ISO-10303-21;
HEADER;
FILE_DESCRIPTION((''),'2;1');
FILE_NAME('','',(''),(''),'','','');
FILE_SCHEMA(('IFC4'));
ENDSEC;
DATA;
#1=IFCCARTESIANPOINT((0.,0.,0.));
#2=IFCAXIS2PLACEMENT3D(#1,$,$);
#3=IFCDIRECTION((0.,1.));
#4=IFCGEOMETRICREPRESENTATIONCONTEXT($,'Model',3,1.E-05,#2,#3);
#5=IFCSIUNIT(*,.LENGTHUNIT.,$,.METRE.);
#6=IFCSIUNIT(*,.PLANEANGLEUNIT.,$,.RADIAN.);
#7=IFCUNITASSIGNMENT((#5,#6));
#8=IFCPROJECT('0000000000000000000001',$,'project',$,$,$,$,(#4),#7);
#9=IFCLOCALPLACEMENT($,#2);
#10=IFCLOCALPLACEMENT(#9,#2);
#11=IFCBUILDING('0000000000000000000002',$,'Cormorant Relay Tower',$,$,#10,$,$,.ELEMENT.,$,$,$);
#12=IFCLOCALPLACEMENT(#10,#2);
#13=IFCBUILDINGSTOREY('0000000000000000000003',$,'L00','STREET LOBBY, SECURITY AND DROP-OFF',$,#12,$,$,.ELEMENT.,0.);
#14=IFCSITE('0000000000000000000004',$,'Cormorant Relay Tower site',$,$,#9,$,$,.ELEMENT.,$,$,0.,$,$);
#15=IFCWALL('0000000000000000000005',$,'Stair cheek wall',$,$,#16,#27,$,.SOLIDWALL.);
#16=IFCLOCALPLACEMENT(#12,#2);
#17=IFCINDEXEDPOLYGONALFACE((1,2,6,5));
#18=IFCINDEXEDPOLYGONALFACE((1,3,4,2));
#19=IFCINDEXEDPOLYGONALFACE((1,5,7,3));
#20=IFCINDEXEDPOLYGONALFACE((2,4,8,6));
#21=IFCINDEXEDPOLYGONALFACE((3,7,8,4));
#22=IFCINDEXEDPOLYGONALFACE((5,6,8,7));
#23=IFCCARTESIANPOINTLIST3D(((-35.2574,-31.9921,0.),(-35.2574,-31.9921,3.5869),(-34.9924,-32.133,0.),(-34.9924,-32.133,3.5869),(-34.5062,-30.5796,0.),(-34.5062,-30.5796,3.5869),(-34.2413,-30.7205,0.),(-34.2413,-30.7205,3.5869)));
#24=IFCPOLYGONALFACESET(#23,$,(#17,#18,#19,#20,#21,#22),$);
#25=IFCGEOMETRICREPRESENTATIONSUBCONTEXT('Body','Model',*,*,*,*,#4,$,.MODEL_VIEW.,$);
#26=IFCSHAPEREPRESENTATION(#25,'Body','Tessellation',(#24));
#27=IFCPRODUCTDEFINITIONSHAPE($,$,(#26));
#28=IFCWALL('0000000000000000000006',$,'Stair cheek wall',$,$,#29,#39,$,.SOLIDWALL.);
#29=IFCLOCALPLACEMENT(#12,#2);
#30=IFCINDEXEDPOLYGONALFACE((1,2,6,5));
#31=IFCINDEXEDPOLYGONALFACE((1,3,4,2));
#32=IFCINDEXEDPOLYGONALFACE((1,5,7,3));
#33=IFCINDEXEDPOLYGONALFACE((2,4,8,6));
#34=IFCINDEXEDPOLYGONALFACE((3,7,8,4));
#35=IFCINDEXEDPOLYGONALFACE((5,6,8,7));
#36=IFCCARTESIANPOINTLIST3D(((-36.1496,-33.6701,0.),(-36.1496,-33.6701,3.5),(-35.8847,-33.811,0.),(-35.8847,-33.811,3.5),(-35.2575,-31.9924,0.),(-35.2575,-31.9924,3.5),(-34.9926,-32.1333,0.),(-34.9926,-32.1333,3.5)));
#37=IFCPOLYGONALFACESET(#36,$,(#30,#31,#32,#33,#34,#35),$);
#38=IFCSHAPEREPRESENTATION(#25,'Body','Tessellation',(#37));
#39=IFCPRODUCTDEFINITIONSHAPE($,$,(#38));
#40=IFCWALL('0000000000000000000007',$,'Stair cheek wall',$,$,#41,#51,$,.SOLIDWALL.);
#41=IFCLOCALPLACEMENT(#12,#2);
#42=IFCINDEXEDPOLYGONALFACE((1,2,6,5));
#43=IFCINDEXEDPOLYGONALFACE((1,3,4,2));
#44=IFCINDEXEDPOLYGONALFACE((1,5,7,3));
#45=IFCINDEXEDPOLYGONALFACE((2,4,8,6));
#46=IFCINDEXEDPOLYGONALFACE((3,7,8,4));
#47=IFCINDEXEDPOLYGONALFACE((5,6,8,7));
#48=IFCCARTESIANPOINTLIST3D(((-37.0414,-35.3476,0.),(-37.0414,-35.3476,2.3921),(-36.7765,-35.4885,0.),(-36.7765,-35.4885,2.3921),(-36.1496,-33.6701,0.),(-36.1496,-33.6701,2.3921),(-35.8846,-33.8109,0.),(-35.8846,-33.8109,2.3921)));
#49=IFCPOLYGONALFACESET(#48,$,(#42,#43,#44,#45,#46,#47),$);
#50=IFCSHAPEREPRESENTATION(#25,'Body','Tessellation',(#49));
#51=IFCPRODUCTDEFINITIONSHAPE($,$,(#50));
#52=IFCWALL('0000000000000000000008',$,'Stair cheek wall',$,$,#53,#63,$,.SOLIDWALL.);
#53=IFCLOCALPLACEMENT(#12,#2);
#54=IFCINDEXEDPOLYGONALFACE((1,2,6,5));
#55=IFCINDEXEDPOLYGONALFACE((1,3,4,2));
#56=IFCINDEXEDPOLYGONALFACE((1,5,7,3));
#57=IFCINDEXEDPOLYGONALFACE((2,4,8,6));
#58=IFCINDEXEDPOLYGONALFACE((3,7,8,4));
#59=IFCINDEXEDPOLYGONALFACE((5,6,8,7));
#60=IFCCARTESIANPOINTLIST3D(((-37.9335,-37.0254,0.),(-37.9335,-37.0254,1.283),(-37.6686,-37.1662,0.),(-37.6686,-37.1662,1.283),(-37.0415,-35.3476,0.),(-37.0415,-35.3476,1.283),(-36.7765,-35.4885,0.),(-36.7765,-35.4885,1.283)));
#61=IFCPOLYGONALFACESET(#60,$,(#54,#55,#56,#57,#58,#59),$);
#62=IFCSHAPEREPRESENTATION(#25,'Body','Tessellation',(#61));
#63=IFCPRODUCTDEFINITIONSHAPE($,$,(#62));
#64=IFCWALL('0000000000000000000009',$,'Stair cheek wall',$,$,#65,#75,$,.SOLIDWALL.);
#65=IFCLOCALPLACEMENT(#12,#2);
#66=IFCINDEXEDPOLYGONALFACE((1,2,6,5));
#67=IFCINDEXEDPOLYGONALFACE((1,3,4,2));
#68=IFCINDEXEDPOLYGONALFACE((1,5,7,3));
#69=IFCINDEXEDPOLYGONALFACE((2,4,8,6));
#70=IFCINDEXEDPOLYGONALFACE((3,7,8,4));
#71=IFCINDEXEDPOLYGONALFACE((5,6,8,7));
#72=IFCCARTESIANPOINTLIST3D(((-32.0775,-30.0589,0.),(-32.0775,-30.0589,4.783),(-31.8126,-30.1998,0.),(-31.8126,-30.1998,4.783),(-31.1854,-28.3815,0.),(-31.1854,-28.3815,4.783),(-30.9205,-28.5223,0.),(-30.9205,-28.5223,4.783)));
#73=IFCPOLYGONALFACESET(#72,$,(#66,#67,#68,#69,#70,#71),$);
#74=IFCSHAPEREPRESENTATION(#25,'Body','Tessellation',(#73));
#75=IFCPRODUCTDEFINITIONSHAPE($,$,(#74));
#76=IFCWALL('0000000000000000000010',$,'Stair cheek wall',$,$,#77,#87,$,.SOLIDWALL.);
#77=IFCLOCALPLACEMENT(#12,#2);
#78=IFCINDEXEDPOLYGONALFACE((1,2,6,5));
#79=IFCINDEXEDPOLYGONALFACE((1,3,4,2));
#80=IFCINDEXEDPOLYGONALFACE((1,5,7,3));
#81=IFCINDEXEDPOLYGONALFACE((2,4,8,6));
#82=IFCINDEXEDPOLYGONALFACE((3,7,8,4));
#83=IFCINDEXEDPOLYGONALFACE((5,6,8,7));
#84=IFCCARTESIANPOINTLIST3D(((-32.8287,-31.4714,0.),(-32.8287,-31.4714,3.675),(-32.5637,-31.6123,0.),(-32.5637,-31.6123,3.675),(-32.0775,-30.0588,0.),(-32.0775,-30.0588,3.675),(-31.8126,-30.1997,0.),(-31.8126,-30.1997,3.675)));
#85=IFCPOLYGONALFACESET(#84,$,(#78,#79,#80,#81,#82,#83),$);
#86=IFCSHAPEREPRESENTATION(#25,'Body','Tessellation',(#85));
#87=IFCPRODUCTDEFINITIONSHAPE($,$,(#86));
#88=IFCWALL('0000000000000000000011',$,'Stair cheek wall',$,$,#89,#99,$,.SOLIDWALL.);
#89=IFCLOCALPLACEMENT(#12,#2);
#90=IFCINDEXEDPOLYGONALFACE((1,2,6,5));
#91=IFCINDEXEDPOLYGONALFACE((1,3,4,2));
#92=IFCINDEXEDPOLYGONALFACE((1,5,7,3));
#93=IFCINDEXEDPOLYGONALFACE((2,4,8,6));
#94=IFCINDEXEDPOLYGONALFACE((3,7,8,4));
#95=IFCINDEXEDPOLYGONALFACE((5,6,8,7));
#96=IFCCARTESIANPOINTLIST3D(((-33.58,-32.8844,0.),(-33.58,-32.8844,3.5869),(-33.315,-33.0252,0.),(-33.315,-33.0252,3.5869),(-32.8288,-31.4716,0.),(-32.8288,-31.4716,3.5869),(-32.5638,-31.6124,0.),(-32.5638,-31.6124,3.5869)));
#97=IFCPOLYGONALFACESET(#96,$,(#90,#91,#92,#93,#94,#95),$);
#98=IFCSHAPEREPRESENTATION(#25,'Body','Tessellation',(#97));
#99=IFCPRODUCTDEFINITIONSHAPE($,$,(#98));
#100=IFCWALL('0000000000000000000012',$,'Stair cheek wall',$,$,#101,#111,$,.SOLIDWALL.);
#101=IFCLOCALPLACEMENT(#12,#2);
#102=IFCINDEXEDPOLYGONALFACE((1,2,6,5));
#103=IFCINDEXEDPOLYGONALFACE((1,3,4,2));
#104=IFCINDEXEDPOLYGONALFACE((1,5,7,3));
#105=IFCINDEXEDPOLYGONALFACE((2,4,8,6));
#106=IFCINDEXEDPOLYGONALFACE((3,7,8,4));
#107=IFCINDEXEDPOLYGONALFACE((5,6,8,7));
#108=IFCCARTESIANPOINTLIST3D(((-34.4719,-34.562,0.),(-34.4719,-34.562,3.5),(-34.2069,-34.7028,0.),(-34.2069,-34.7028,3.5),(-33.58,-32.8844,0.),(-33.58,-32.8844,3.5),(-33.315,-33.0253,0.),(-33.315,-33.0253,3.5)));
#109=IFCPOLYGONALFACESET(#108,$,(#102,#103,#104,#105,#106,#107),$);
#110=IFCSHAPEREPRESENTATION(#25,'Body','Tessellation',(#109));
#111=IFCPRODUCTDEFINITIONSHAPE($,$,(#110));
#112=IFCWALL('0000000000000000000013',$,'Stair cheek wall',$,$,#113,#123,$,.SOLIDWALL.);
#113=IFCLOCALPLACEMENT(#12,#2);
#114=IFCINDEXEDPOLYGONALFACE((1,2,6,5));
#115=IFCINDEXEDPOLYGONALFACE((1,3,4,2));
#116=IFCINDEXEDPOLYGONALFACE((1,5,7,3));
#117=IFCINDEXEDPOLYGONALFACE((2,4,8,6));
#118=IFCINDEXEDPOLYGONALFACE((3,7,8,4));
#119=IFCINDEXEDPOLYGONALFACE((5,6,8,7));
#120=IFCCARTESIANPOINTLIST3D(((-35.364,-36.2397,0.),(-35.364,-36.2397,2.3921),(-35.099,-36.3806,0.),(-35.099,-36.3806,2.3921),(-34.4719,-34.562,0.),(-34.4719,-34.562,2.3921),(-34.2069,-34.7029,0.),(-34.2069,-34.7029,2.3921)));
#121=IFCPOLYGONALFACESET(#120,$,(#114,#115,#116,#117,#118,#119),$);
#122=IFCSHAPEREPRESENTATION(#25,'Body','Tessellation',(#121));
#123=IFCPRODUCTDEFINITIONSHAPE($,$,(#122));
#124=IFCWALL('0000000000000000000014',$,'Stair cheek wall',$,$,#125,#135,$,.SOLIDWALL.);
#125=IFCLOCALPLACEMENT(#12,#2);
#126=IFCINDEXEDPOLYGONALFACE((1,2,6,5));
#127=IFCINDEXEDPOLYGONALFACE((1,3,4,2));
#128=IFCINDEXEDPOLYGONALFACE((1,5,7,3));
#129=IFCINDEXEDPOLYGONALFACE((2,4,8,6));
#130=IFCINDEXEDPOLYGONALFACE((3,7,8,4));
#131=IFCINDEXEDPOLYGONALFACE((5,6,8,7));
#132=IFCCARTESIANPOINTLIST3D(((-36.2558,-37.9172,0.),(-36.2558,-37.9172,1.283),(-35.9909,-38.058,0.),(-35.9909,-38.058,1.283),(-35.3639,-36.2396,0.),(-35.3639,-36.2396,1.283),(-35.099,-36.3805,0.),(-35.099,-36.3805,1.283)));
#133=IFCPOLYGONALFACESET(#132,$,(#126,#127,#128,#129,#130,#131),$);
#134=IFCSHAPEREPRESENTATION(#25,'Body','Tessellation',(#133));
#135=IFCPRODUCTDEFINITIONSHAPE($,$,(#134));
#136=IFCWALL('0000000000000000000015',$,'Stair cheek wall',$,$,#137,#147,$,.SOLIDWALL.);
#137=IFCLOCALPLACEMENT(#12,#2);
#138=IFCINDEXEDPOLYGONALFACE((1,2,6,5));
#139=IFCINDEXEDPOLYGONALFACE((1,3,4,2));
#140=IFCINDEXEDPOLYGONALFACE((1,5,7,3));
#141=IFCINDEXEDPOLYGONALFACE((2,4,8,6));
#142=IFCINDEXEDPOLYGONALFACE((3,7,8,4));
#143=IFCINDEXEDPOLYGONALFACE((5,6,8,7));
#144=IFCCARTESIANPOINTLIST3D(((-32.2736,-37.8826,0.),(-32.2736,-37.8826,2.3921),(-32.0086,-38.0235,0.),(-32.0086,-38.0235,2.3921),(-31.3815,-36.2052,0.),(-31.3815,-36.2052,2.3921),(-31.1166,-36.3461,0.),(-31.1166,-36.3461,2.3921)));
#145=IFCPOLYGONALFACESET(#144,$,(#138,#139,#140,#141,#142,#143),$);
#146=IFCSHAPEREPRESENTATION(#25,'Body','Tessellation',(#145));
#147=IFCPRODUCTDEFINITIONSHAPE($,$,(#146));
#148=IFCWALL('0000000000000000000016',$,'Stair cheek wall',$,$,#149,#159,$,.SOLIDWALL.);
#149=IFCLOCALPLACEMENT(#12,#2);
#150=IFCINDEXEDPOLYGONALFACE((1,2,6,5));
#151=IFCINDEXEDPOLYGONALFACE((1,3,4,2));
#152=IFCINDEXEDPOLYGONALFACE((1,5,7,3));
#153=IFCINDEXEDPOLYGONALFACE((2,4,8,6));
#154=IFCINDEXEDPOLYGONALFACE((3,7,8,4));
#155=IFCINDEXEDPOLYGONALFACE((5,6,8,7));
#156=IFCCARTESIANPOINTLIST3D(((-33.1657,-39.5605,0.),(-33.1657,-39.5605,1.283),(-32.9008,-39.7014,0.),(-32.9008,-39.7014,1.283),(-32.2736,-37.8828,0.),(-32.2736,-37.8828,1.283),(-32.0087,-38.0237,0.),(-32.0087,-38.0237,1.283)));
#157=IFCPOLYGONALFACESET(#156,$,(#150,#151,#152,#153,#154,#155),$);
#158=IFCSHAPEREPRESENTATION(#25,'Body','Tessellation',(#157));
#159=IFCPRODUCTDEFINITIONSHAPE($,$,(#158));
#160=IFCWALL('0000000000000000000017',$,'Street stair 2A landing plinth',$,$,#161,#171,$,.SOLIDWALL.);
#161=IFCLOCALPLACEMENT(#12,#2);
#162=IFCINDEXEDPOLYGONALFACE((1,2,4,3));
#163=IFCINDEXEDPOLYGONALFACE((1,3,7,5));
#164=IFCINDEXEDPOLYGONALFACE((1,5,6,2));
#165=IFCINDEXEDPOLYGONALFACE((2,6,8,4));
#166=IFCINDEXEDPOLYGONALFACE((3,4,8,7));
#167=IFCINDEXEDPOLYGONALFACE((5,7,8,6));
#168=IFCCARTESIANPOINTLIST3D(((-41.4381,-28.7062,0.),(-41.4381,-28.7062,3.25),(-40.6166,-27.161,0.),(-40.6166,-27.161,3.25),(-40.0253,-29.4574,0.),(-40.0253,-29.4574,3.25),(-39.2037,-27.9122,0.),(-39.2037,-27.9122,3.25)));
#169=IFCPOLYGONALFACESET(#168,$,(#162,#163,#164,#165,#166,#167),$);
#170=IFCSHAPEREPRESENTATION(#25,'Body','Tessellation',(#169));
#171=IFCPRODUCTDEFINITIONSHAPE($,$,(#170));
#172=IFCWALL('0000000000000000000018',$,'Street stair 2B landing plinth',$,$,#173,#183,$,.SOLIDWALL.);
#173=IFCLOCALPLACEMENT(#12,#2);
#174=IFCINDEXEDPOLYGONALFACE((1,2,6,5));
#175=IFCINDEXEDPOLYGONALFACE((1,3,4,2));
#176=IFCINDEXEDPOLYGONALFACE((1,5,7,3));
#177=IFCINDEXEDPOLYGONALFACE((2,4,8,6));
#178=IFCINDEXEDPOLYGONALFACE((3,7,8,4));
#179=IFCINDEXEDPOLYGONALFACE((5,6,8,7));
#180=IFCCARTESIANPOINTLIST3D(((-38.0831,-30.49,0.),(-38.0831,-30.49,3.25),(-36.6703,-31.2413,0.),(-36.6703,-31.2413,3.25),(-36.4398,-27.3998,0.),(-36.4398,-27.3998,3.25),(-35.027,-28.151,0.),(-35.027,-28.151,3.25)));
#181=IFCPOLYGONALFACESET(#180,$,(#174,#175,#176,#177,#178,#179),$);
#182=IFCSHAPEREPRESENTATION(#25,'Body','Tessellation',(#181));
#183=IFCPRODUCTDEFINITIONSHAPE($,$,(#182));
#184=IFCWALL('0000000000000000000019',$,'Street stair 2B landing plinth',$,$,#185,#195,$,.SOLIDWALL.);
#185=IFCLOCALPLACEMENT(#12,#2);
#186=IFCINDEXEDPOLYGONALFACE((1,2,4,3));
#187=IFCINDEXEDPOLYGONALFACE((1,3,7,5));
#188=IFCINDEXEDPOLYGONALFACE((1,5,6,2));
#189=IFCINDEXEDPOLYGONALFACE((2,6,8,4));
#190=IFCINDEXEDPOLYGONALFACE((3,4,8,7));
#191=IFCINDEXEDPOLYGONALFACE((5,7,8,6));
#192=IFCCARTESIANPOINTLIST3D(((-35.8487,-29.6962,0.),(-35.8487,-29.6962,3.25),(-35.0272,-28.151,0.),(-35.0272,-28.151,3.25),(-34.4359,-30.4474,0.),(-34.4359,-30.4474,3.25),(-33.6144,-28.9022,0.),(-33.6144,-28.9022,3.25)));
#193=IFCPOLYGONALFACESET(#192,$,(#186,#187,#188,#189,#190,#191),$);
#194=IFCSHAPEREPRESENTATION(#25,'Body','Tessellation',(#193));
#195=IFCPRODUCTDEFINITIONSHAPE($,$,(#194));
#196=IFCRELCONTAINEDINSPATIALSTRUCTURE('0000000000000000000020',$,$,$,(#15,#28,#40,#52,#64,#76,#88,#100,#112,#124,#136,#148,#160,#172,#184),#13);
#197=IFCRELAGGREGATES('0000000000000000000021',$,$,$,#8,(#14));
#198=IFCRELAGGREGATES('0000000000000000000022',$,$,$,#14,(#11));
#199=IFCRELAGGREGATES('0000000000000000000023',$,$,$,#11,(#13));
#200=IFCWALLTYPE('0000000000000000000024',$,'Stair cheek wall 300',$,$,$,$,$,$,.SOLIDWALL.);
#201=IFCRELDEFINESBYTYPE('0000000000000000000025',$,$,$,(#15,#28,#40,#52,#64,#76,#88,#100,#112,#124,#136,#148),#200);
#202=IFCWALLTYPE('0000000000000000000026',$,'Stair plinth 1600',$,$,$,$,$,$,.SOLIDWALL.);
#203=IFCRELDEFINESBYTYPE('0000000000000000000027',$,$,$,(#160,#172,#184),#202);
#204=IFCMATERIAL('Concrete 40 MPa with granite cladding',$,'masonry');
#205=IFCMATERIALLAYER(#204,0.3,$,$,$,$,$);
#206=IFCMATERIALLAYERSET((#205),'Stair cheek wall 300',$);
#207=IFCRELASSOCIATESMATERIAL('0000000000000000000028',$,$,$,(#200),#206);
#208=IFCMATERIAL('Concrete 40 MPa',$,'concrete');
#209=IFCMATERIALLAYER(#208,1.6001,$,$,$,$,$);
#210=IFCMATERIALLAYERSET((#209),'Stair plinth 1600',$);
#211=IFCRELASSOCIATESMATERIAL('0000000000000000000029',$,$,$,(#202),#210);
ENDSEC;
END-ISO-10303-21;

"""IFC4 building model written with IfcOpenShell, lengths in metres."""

from ifc_helpers import new_model, si_unit, direction, frame, frame_2d, origin, place, context, subcontext, project, spatial, rectangle, extrude, material, layer, layer_set, type_object, element, save


model = new_model("IFC4")

# Units and contexts
model_context = context("Model", 3, precision=1e-05, world=origin(), true_north=direction((0.0, 1.0)))
body_context = subcontext(model_context, "Body", "Model", "MODEL_VIEW")
ifc_project = project(units=[si_unit("LENGTHUNIT", "METRE"), si_unit("PLANEANGLEUNIT", "RADIAN")], contexts=[model_context])

# Site, building, storey
site_placement = place(None, origin())
site = spatial("IfcSite", under=ifc_project, at=site_placement, Name="Cormorant Relay Tower site", CompositionType="ELEMENT", RefElevation=0.0)
building_placement = place(site_placement, origin())
building = spatial("IfcBuilding", under=site, at=building_placement, Name="Cormorant Relay Tower", CompositionType="ELEMENT")
storey_placement = place(building_placement, origin())
storey = spatial("IfcBuildingStorey", under=building, at=storey_placement, Name="L00", Description="STREET LOBBY, SECURITY AND DROP-OFF", CompositionType="ELEMENT", Elevation=0.0)

# Walls
ifc_material_1 = material(Name="Concrete 40 MPa with granite cladding", Category="masonry")
ifc_layer_1 = layer(ifc_material_1, 0.3)
ifc_layer_set_1 = layer_set([ifc_layer_1], Name="Stair cheek wall 300")
wall_type_1 = type_object("IfcWallType", Name="Stair cheek wall 300", PredefinedType="SOLIDWALL", material=ifc_layer_set_1)
wall_1_placement = place(storey_placement, frame((-34.3738, -30.6501, 0.0), z_axis=(0.0, 0.0, 1.0), x_axis=(-0.469535, -0.882914, 0.0)))
element("IfcWall", 1, at=wall_1_placement, inside=storey, type_object=wall_type_1, Name="Stair cheek wall", PredefinedType="SOLIDWALL", context=body_context, shape_type="SweptSolid", body=[
    extrude(rectangle(XDim=1.5999, YDim=0.3, at=frame_2d((0.7998, 0.0))), origin(), (0.0, 0.0, 1.0), 3.5869),
])
wall_2_placement = place(storey_placement, frame((-35.125, -32.0627, 0.0), z_axis=(0.0, 0.0, 1.0), x_axis=(-0.469481, -0.882943, 0.0)))
element("IfcWall", 2, at=wall_2_placement, inside=storey, type_object=wall_type_1, Name="Stair cheek wall", PredefinedType="SOLIDWALL", context=body_context, shape_type="SweptSolid", body=[
    extrude(rectangle(XDim=1.9001, YDim=0.3, at=frame_2d((0.9502, 0.0))), origin(), (0.0, 0.0, 1.0), 3.5),
])
wall_3_placement = place(storey_placement, frame((-36.0171, -33.7405, 0.0), z_axis=(0.0, 0.0, 1.0), x_axis=(-0.469434, -0.882968, 0.0)))
element("IfcWall", 3, at=wall_3_placement, inside=storey, type_object=wall_type_1, Name="Stair cheek wall", PredefinedType="SOLIDWALL", context=body_context, shape_type="SweptSolid", body=[
    extrude(rectangle(XDim=1.8999, YDim=0.3, at=frame_2d((0.95, 0.0))), origin(), (0.0, 0.0, 1.0), 2.3921),
])
wall_4_placement = place(storey_placement, frame((-36.9089, -35.418, 0.0), z_axis=(0.0, 0.0, 1.0), x_axis=(-0.469481, -0.882943, 0.0)))
element("IfcWall", 4, at=wall_4_placement, inside=storey, type_object=wall_type_1, Name="Stair cheek wall", PredefinedType="SOLIDWALL", context=body_context, shape_type="SweptSolid", body=[
    extrude(rectangle(XDim=1.9001, YDim=0.3, at=frame_2d((0.9502, 0.0))), origin(), (0.0, 0.0, 1.0), 1.283),
])
wall_5_placement = place(storey_placement, frame((-31.053, -28.4519, 0.0), z_axis=(0.0, 0.0, 1.0), x_axis=(-0.469534, -0.882914, 0.0)))
element("IfcWall", 5, at=wall_5_placement, inside=storey, type_object=wall_type_1, Name="Stair cheek wall", PredefinedType="SOLIDWALL", context=body_context, shape_type="SweptSolid", body=[
    extrude(rectangle(XDim=1.8999, YDim=0.3, at=frame_2d((0.95, 0.0))), origin(), (0.0, 0.0, 1.0), 4.783),
])
wall_6_placement = place(storey_placement, frame((-31.9451, -30.1294, 0.0), z_axis=(0.0, 0.0, 1.0), x_axis=(-0.469535, -0.882914, 0.0)))
element("IfcWall", 6, at=wall_6_placement, inside=storey, type_object=wall_type_1, Name="Stair cheek wall", PredefinedType="SOLIDWALL", context=body_context, shape_type="SweptSolid", body=[
    extrude(rectangle(XDim=1.5999, YDim=0.3, at=frame_2d((0.7998, 0.0))), origin(), (0.0, 0.0, 1.0), 3.675),
])
wall_7_placement = place(storey_placement, frame((-32.6963, -31.542, 0.0), z_axis=(0.0, 0.0, 1.0), x_axis=(-0.469471, -0.882948, 0.0)))
element("IfcWall", 7, at=wall_7_placement, inside=storey, type_object=wall_type_1, Name="Stair cheek wall", PredefinedType="SOLIDWALL", context=body_context, shape_type="SweptSolid", body=[
    extrude(rectangle(XDim=1.6001, YDim=0.3, at=frame_2d((0.8, 0.0))), origin(), (0.0, 0.0, 1.0), 3.5869),
])
wall_8_placement = place(storey_placement, frame((-33.4475, -32.9548, 0.0), z_axis=(0.0, 0.0, 1.0), x_axis=(-0.469434, -0.882968, 0.0)))
element("IfcWall", 8, at=wall_8_placement, inside=storey, type_object=wall_type_1, Name="Stair cheek wall", PredefinedType="SOLIDWALL", context=body_context, shape_type="SweptSolid", body=[
    extrude(rectangle(XDim=1.8999, YDim=0.3, at=frame_2d((0.95, 0.0))), origin(), (0.0, 0.0, 1.0), 3.5),
])
wall_9_placement = place(storey_placement, frame((-34.3394, -34.6323, 0.0), z_axis=(0.0, 0.0, 1.0), x_axis=(-0.469481, -0.882943, 0.0)))
element("IfcWall", 9, at=wall_9_placement, inside=storey, type_object=wall_type_1, Name="Stair cheek wall", PredefinedType="SOLIDWALL", context=body_context, shape_type="SweptSolid", body=[
    extrude(rectangle(XDim=1.9001, YDim=0.3, at=frame_2d((0.9502, 0.0))), origin(), (0.0, 0.0, 1.0), 2.3921),
])
wall_10_placement = place(storey_placement, frame((-35.2314, -36.3101, 0.0), z_axis=(0.0, 0.0, 1.0), x_axis=(-0.469434, -0.882968, 0.0)))
element("IfcWall", 10, at=wall_10_placement, inside=storey, type_object=wall_type_1, Name="Stair cheek wall", PredefinedType="SOLIDWALL", context=body_context, shape_type="SweptSolid", body=[
    extrude(rectangle(XDim=1.8999, YDim=0.3, at=frame_2d((0.95, 0.0))), origin(), (0.0, 0.0, 1.0), 1.283),
])
wall_11_placement = place(storey_placement, frame((-31.249, -36.2756, 0.0), z_axis=(0.0, 0.0, 1.0), x_axis=(-0.469534, -0.882914, 0.0)))
element("IfcWall", 11, at=wall_11_placement, inside=storey, type_object=wall_type_1, Name="Stair cheek wall", PredefinedType="SOLIDWALL", context=body_context, shape_type="SweptSolid", body=[
    extrude(rectangle(XDim=1.8999, YDim=0.3, at=frame_2d((0.95, 0.0))), origin(), (0.0, 0.0, 1.0), 2.3921),
])
wall_12_placement = place(storey_placement, frame((-32.1411, -37.9531, 0.0), z_axis=(0.0, 0.0, 1.0), x_axis=(-0.469481, -0.882943, 0.0)))
element("IfcWall", 12, at=wall_12_placement, inside=storey, type_object=wall_type_1, Name="Stair cheek wall", PredefinedType="SOLIDWALL", context=body_context, shape_type="SweptSolid", body=[
    extrude(rectangle(XDim=1.9001, YDim=0.3, at=frame_2d((0.9502, 0.0))), origin(), (0.0, 0.0, 1.0), 1.283),
])
ifc_material_2 = material(Name="Concrete 40 MPa", Category="concrete")
ifc_layer_2 = layer(ifc_material_2, 1.6001)
ifc_layer_set_2 = layer_set([ifc_layer_2], Name="Stair plinth 1600")
wall_type_2 = type_object("IfcWallType", Name="Stair plinth 1600", PredefinedType="SOLIDWALL", material=ifc_layer_set_2)
wall_13_placement = place(storey_placement, frame((-39.9102, -27.5366, 0.0), z_axis=(0.0, 0.0, 1.0), x_axis=(-0.469451, -0.882959, 0.0)))
element("IfcWall", 13, at=wall_13_placement, inside=storey, type_object=wall_type_2, Name="Street stair 2A landing plinth", PredefinedType="SOLIDWALL", context=body_context, shape_type="SweptSolid", body=[
    extrude(rectangle(XDim=1.75, YDim=1.6001, at=frame_2d((0.875, 0.0))), origin(), (0.0, 0.0, 1.0), 3.25),
])
wall_14_placement = place(storey_placement, frame((-35.7334, -27.7754, 0.0), z_axis=(0.0, 0.0, 1.0), x_axis=(-0.469505, -0.88293, 0.0)))
element("IfcWall", 14, at=wall_14_placement, inside=storey, type_object=wall_type_2, Name="Street stair 2B landing plinth", PredefinedType="SOLIDWALL", context=body_context, shape_type="SweptSolid", body=[
    extrude(rectangle(XDim=3.5, YDim=1.6001, at=frame_2d((1.75, 0.0))), origin(), (0.0, 0.0, 1.0), 3.25),
])
wall_15_placement = place(storey_placement, frame((-34.3208, -28.5266, 0.0), z_axis=(0.0, 0.0, 1.0), x_axis=(-0.469451, -0.882959, 0.0)))
element("IfcWall", 15, at=wall_15_placement, inside=storey, type_object=wall_type_2, Name="Street stair 2B landing plinth", PredefinedType="SOLIDWALL", context=body_context, shape_type="SweptSolid", body=[
    extrude(rectangle(XDim=1.75, YDim=1.6001, at=frame_2d((0.875, 0.0))), origin(), (0.0, 0.0, 1.0), 3.25),
])

save(model, "model.ifc")
